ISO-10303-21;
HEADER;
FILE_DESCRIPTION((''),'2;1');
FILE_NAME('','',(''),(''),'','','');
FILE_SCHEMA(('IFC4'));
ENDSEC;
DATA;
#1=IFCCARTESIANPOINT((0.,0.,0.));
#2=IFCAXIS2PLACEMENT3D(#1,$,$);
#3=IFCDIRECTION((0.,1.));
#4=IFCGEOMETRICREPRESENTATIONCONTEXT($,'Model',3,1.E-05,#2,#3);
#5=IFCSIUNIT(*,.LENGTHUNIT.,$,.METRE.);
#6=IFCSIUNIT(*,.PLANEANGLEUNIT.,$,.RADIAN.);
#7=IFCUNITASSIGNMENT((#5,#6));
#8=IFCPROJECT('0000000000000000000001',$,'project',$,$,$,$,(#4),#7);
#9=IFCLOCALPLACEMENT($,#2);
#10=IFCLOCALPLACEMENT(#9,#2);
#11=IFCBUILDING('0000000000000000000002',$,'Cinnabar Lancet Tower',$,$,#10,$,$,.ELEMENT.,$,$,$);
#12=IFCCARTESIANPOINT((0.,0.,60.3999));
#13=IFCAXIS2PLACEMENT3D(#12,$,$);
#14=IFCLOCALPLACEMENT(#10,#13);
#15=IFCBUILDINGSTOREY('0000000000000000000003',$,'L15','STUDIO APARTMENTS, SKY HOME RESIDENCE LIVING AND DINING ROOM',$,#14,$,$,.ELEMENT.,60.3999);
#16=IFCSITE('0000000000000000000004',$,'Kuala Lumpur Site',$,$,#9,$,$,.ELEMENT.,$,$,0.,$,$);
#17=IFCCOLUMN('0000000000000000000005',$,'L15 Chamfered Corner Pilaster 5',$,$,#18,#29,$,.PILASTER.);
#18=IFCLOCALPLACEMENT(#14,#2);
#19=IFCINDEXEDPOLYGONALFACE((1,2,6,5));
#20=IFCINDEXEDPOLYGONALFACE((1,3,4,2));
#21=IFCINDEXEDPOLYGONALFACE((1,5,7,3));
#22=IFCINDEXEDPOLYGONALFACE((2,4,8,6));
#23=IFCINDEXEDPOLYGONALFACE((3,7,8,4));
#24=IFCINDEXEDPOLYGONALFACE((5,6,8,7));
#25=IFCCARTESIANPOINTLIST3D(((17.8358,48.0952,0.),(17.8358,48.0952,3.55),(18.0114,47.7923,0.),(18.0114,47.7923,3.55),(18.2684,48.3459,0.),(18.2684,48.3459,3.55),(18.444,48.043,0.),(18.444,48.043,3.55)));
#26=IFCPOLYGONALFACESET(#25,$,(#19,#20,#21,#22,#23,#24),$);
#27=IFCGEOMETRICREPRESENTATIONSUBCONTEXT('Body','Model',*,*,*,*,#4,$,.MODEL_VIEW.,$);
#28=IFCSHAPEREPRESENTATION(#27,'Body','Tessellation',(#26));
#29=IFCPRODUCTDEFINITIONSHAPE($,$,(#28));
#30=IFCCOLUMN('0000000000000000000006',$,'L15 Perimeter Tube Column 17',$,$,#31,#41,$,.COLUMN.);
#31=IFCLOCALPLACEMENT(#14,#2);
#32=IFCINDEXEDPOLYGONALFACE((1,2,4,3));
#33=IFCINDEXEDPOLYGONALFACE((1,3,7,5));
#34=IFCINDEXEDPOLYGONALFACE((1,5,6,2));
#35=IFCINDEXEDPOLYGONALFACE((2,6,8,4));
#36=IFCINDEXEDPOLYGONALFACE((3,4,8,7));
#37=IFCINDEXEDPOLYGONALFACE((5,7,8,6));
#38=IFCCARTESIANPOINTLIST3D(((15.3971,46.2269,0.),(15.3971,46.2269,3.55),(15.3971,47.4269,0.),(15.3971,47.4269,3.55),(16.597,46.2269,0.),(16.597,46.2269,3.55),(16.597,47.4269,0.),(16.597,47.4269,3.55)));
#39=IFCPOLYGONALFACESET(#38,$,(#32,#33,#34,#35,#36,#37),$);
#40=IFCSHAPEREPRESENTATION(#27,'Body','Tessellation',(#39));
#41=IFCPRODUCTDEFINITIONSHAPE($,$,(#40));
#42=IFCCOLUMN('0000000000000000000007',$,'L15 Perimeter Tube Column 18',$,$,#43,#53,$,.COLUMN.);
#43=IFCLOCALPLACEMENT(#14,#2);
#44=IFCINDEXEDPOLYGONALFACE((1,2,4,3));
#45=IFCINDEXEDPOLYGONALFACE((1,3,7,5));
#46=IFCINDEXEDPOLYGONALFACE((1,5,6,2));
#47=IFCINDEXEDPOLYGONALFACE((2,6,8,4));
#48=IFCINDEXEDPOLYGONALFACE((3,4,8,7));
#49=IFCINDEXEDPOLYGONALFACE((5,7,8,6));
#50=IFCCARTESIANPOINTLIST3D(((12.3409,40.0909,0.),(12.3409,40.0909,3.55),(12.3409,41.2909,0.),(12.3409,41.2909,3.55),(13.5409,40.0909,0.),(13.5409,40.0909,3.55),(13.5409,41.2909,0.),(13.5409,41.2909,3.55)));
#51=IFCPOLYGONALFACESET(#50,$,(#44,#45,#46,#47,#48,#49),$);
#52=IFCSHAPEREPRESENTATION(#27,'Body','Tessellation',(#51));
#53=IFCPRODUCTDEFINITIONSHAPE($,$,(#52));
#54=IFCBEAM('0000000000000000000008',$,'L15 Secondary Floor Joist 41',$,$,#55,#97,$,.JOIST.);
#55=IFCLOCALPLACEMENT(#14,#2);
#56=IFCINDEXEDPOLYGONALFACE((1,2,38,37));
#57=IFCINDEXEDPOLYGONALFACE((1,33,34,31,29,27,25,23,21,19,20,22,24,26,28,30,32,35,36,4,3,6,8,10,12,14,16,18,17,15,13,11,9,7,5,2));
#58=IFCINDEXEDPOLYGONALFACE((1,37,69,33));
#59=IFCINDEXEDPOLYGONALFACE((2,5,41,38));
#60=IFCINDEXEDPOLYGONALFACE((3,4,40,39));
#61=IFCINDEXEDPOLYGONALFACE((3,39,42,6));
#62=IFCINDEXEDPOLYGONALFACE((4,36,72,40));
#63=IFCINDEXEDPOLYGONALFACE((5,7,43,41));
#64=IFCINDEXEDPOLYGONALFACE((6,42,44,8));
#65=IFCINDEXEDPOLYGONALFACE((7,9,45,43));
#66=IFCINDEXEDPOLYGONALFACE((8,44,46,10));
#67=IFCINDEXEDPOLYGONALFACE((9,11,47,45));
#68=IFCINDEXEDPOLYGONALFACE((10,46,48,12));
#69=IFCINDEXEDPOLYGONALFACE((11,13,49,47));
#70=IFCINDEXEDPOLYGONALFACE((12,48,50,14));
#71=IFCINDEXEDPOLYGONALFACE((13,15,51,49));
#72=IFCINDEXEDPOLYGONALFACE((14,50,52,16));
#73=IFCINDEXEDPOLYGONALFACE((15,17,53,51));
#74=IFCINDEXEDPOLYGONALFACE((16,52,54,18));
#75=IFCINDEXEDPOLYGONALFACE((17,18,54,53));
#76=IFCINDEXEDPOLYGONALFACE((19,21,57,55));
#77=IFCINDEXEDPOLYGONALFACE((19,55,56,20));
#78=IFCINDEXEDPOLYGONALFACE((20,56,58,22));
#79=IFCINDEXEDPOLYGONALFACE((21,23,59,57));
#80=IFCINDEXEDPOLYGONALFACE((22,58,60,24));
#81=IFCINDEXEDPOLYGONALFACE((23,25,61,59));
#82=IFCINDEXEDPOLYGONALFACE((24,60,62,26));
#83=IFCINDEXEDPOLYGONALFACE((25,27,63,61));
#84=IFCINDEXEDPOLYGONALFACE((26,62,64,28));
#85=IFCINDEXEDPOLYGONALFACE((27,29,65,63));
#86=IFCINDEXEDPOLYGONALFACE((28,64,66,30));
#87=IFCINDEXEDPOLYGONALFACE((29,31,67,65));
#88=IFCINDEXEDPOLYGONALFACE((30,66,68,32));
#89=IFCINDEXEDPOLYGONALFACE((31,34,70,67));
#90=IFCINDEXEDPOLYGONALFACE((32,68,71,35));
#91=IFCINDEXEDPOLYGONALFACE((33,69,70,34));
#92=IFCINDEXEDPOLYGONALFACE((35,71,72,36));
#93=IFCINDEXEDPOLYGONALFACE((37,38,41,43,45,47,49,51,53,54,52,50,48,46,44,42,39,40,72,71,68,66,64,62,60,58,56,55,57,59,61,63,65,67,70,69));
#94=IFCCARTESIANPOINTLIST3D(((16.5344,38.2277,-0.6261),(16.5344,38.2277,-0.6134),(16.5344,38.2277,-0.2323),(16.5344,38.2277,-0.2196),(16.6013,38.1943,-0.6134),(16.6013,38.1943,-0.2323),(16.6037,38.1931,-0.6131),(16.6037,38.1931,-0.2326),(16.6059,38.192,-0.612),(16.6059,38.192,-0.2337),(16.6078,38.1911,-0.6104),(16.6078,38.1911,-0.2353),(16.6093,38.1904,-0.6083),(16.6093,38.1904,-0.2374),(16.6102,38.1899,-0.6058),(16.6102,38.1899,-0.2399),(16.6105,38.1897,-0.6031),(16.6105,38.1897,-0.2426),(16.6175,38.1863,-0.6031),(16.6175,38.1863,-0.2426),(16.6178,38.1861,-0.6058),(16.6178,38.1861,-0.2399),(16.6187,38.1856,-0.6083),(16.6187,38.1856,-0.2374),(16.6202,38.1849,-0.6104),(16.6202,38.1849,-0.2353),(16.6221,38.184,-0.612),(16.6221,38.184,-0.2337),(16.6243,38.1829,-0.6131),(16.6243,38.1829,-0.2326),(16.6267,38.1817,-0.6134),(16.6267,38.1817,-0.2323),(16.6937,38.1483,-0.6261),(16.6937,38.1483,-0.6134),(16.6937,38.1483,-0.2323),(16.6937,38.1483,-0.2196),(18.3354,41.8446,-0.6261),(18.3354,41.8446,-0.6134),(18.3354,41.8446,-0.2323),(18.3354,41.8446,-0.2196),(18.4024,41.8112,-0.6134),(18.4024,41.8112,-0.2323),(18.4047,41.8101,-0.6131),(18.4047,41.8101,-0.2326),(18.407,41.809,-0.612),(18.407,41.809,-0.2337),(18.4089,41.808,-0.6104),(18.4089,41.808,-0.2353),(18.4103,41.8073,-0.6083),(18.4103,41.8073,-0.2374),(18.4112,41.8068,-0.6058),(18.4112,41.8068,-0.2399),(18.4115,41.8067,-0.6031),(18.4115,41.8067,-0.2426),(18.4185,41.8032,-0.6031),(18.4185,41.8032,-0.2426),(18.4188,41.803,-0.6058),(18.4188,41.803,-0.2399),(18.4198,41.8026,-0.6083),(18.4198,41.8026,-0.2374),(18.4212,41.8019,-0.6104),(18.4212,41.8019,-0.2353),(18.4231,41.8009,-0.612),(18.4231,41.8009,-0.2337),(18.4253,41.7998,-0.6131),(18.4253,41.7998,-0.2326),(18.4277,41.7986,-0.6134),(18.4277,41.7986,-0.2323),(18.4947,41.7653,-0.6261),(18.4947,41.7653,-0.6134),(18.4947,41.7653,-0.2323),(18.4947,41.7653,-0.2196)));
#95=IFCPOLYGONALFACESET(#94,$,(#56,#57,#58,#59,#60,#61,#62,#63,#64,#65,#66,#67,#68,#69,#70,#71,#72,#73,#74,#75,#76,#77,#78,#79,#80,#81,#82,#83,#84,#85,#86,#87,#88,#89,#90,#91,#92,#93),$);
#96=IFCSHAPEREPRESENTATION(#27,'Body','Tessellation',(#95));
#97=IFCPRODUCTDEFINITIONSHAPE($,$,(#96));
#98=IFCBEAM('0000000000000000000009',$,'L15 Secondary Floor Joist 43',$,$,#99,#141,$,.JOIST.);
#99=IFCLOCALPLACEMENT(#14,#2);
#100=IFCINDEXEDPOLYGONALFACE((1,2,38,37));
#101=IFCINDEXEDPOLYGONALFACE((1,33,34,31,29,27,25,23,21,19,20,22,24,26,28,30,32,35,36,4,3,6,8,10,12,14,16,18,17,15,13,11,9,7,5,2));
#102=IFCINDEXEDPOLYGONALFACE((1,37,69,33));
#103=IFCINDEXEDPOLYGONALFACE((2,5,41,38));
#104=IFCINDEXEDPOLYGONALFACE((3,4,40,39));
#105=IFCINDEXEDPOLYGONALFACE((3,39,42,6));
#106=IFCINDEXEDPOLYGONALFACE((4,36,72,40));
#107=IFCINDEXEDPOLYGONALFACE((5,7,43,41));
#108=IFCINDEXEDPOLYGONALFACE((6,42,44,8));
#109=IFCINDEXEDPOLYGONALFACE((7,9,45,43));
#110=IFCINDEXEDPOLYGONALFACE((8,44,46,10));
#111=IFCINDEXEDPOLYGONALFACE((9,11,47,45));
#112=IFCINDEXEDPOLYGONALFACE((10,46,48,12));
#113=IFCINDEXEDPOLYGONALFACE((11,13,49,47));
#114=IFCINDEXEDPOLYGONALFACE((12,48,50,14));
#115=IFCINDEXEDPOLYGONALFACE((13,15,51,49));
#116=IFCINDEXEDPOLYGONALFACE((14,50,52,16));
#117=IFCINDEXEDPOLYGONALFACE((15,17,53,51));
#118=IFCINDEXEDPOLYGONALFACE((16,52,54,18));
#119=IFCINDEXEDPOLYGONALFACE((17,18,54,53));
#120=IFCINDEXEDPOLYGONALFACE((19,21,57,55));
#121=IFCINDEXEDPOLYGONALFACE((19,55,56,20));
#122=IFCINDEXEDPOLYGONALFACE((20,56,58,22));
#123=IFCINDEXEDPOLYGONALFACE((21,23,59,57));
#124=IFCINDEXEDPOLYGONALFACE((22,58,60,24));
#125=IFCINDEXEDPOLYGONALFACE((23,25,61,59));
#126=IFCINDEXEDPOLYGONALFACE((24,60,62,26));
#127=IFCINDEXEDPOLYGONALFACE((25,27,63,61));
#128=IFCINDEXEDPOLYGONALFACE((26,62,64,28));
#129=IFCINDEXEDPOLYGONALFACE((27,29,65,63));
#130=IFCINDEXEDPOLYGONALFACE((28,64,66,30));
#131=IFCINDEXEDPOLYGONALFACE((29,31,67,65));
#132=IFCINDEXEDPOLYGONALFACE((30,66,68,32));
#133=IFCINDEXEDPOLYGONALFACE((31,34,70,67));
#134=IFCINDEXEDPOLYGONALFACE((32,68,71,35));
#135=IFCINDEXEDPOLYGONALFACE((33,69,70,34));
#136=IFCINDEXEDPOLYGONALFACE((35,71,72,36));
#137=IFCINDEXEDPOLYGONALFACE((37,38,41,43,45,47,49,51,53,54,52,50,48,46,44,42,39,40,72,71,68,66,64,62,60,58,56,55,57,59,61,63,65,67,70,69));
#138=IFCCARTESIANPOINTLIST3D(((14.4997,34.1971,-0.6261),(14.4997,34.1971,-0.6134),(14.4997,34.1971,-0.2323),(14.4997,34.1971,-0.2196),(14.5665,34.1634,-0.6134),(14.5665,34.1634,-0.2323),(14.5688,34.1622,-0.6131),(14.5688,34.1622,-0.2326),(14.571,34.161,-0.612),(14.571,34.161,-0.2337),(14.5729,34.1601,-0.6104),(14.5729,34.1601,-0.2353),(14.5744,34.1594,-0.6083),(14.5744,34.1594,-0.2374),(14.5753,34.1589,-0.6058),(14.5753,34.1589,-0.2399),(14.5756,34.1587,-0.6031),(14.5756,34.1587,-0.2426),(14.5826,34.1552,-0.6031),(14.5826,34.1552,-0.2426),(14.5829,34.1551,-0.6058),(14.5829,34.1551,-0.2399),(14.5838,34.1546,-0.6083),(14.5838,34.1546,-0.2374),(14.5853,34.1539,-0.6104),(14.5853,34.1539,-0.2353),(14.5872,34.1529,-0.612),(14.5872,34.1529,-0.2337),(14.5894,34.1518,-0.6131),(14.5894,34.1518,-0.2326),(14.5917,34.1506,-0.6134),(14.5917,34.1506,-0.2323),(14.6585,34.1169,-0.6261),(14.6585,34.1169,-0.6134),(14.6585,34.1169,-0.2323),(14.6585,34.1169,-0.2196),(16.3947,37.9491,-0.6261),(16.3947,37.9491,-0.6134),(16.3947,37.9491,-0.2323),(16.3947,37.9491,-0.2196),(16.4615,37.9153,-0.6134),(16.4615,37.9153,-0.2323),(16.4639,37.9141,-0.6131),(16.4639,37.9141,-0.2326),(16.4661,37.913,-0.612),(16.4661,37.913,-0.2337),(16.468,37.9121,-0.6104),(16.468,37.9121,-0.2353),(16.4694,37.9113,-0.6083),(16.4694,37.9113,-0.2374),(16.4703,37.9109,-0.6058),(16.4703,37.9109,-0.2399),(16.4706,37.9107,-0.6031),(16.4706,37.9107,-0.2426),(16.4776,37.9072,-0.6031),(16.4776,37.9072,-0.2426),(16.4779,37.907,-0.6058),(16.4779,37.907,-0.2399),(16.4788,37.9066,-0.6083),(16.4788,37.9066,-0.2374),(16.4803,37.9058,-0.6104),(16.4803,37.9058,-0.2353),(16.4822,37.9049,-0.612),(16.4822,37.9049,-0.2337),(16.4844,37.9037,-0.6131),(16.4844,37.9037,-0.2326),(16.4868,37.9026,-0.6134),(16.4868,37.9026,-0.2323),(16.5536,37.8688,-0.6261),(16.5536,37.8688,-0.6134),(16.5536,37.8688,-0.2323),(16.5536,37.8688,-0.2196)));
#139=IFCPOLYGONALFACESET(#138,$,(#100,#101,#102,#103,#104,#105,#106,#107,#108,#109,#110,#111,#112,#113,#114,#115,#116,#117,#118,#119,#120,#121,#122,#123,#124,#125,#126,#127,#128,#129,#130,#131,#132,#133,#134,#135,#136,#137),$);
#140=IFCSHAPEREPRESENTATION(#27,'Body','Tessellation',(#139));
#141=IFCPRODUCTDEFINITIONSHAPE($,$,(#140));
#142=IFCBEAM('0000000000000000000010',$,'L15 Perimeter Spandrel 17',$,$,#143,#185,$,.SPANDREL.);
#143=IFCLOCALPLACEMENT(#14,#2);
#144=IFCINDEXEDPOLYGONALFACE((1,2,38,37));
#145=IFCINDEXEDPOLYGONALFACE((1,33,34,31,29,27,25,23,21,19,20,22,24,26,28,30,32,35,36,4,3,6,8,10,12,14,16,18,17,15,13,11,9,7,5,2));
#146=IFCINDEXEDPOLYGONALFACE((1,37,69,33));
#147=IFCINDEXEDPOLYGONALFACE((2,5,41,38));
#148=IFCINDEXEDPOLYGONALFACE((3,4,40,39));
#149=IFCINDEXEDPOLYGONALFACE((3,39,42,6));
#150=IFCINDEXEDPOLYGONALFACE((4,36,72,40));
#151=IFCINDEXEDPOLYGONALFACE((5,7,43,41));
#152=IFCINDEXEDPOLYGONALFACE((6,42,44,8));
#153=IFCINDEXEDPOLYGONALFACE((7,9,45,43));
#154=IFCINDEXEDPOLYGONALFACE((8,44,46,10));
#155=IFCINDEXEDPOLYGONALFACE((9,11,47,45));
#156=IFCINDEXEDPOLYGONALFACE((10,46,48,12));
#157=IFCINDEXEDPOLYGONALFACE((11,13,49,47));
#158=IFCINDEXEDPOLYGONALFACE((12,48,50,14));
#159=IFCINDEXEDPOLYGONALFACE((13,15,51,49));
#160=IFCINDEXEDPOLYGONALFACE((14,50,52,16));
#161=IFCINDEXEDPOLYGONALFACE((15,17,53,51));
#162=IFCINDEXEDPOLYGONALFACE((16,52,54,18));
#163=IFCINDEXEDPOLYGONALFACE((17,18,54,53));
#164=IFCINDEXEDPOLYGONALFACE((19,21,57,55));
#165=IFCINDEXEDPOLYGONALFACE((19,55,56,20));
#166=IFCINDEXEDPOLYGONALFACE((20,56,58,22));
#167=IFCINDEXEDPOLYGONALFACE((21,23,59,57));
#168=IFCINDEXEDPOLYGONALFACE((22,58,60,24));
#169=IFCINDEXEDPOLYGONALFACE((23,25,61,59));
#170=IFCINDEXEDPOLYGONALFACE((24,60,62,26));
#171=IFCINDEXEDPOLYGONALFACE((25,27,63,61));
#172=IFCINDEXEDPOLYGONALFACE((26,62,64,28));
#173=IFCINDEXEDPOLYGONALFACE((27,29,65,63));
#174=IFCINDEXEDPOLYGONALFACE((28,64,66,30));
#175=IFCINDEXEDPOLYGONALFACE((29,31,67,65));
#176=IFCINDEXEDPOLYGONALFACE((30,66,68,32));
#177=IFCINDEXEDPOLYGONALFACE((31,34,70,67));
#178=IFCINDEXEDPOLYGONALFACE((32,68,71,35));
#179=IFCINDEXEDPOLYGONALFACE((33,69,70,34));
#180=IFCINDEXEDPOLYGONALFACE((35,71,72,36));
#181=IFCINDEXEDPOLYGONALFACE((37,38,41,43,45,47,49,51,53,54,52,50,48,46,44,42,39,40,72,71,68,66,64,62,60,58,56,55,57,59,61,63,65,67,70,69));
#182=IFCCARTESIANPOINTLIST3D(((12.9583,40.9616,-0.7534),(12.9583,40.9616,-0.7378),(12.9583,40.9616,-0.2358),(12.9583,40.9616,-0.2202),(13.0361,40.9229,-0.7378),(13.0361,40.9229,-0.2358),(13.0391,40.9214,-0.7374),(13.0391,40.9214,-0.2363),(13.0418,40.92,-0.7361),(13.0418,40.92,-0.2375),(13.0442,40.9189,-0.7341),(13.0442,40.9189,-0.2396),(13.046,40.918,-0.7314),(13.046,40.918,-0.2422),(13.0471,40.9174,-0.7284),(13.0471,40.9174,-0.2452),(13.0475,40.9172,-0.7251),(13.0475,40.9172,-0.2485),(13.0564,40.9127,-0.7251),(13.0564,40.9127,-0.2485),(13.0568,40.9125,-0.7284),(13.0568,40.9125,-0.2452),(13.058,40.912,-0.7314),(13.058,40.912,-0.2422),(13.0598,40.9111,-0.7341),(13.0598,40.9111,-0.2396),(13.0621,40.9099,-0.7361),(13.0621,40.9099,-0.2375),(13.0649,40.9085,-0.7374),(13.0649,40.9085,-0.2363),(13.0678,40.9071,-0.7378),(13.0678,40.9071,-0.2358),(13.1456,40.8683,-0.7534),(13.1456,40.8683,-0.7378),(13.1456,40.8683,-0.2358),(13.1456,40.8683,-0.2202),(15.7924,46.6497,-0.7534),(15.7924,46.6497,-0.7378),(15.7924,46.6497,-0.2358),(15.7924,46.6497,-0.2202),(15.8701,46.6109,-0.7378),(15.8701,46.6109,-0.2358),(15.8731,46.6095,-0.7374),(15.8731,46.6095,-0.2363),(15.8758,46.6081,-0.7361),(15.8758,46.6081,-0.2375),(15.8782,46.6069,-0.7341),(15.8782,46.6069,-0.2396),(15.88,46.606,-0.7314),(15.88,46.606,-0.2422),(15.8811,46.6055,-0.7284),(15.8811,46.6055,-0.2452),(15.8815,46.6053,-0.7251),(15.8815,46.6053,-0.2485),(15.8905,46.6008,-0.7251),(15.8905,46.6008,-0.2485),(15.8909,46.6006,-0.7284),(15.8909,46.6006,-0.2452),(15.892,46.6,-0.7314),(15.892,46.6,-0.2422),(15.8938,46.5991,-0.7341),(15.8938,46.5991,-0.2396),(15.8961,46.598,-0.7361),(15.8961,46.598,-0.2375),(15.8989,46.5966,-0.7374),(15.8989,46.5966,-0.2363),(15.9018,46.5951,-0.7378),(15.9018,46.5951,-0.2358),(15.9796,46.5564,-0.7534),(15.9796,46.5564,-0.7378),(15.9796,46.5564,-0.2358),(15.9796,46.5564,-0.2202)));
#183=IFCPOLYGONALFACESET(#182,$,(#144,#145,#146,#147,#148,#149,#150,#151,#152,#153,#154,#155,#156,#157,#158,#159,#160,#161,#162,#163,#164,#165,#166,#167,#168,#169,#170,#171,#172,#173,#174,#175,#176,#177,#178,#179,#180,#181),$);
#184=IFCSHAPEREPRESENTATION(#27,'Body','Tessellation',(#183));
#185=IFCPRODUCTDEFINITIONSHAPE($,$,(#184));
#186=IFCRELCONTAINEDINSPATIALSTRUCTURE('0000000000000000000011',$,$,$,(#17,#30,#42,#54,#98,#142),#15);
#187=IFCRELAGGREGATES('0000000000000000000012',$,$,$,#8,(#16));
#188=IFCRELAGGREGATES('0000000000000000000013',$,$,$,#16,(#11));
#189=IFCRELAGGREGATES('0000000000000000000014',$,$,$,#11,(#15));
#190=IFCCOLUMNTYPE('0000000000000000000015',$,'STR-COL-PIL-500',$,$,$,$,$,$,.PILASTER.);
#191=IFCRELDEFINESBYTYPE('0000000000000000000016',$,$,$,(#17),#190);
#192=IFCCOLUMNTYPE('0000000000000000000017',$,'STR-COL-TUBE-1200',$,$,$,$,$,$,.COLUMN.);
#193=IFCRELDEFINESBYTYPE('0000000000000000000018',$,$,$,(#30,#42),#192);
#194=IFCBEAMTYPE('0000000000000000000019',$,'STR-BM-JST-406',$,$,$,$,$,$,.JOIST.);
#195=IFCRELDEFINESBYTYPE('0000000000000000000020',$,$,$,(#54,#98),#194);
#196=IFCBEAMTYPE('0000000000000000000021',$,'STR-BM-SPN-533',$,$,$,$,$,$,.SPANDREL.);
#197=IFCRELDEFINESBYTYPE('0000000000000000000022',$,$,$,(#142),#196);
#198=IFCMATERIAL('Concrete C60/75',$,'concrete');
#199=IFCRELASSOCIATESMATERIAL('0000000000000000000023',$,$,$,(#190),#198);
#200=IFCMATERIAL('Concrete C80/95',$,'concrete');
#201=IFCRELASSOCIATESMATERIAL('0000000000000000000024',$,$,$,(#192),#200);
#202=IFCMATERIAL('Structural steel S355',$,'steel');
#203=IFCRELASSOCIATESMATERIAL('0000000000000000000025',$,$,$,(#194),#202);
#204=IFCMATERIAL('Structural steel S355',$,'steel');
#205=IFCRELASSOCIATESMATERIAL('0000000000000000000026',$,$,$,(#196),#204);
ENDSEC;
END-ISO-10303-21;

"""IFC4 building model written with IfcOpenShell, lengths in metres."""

from ifc_helpers import new_model, si_unit, direction, frame, origin, origin_2d, place, context, subcontext, project, spatial, rectangle, i_section, extrude, material, material_profile, profile_set, type_object, element, save


model = new_model("IFC4")

# Units and contexts
model_context = context("Model", 3, precision=1e-05, world=origin(), true_north=direction((0.0, 1.0)))
body_context = subcontext(model_context, "Body", "Model", "MODEL_VIEW")
ifc_project = project(units=[si_unit("LENGTHUNIT", "METRE"), si_unit("PLANEANGLEUNIT", "RADIAN")], contexts=[model_context])

# Site, building, storey
site_placement = place(None, origin())
site = spatial("IfcSite", under=ifc_project, at=site_placement, Name="Kuala Lumpur Site", CompositionType="ELEMENT", RefElevation=0.0)
building_placement = place(site_placement, origin())
building = spatial("IfcBuilding", under=site, at=building_placement, Name="Cinnabar Lancet Tower", CompositionType="ELEMENT")
storey_placement = place(building_placement, frame((0.0, 0.0, 60.3999)))
storey = spatial("IfcBuildingStorey", under=building, at=storey_placement, Name="L15", Description="STUDIO APARTMENTS, SKY HOME RESIDENCE LIVING AND DINING ROOM", CompositionType="ELEMENT", Elevation=60.3999)

# Columns
ifc_material_1 = material(Name="Concrete C60/75", Category="concrete")
ifc_material_profile_1 = material_profile(ifc_material_1, rectangle(XDim=0.5, YDim=0.3501, at=origin_2d()), Name="RC-PIL 500x350")
ifc_profile_set_1 = profile_set([ifc_material_profile_1], Name="Concrete C60/75")
column_type_1 = type_object("IfcColumnType", Name="STR-COL-PIL-500", PredefinedType="PILASTER", material=ifc_profile_set_1)
column_placement = place(storey_placement, frame((18.1399, 48.0691, 0.0), z_axis=(0.0, 0.0, 1.0), x_axis=(-0.865195, -0.501435, 0.0)))
element("IfcColumn", 1, at=column_placement, inside=storey, type_object=column_type_1, Name="L15 Chamfered Corner Pilaster 5", PredefinedType="PILASTER", context=body_context, shape_type="SweptSolid", body=[
    extrude(rectangle(XDim=0.5, YDim=0.3501, at=origin_2d()), origin(), (0.0, 0.0, 1.0), 3.55),
])
ifc_material_2 = material(Name="Concrete C80/95", Category="concrete")
ifc_material_profile_2 = material_profile(ifc_material_2, rectangle(XDim=1.2, YDim=1.2, at=origin_2d()), Name="RC-COL 1200x1200")
ifc_profile_set_2 = profile_set([ifc_material_profile_2], Name="Concrete C80/95")
column_type_2 = type_object("IfcColumnType", Name="STR-COL-TUBE-1200", PredefinedType="COLUMN", material=ifc_profile_set_2)
for number, where, z_axis, x_axis, name in (
    (2, (15.9971, 46.8269, 0.0), (0.0, 0.0, 1.0), (1.0, 0.0, 0.0), "L15 Perimeter Tube Column 17"),
    (3, (12.9409, 40.6909, 0.0), (0.0, 0.0, 1.0), (1.0, 0.0, 0.0), "L15 Perimeter Tube Column 18"),
):
    element("IfcColumn", number, at=place(storey_placement, frame(where, z_axis=z_axis, x_axis=x_axis)), inside=storey, type_object=column_type_2, Name=name, PredefinedType="COLUMN", context=body_context, shape_type="SweptSolid", body=[
        extrude(rectangle(XDim=1.2, YDim=1.2, at=origin_2d()), origin(), (0.0, 0.0, 1.0), 3.55),
    ])

# Beams
ifc_material_3 = material(Name="Structural steel S355", Category="steel")
ifc_material_profile_3 = material_profile(ifc_material_3, i_section(OverallWidth=0.178, OverallDepth=0.4065, WebThickness=0.0078, FlangeThickness=0.0127, FilletRadius=0.0103, at=origin_2d()), Name="UKB 406x178x60")
ifc_profile_set_3 = profile_set([ifc_material_profile_3], Name="Structural steel S355")
beam_type_1 = type_object("IfcBeamType", Name="STR-BM-JST-406", PredefinedType="JOIST", material=ifc_profile_set_3)
beam_1_placement = place(storey_placement, frame((18.415, 41.8049, -0.4229), z_axis=(-0.445739, -0.895163, 0.0), x_axis=(0.895163, -0.445739, 0.0)))
element("IfcBeam", 4, at=beam_1_placement, inside=storey, type_object=beam_type_1, Name="L15 Secondary Floor Joist 41", PredefinedType="JOIST", context=body_context, shape_type="SweptSolid", body=[
    extrude(i_section(OverallWidth=0.178, OverallDepth=0.4065, WebThickness=0.0078, FlangeThickness=0.0127, FilletRadius=0.0103, at=origin_2d()), origin(), (0.0, 0.0, 1.0), 4.0405),
])
beam_2_placement = place(storey_placement, frame((16.4741, 37.9089, -0.4229), z_axis=(-0.450834, -0.892608, 0.0), x_axis=(0.892608, -0.450834, 0.0)))
element("IfcBeam", 5, at=beam_2_placement, inside=storey, type_object=beam_type_1, Name="L15 Secondary Floor Joist 43", PredefinedType="JOIST", context=body_context, shape_type="SweptSolid", body=[
    extrude(i_section(OverallWidth=0.178, OverallDepth=0.4065, WebThickness=0.0078, FlangeThickness=0.0127, FilletRadius=0.0103, at=origin_2d()), origin(), (0.0, 0.0, 1.0), 4.2034),
])
ifc_material_4 = material(Name="Structural steel S355", Category="steel")
ifc_material_profile_4 = material_profile(ifc_material_4, i_section(OverallWidth=0.2092, OverallDepth=0.5332, WebThickness=0.01, FlangeThickness=0.0156, FilletRadius=0.0127, at=origin_2d()), Name="UKB 533x210x92")
ifc_profile_set_4 = profile_set([ifc_material_profile_4], Name="Structural steel S355")
beam_type_2 = type_object("IfcBeamType", Name="STR-BM-SPN-533", PredefinedType="SPANDREL", material=ifc_profile_set_4)
beam_3_placement = place(storey_placement, frame((15.886, 46.603, -0.4868), z_axis=(-0.445953, -0.895056, 0.0), x_axis=(0.895056, -0.445953, 0.0)))
element("IfcBeam", 6, at=beam_3_placement, inside=storey, type_object=beam_type_2, Name="L15 Perimeter Spandrel 17", PredefinedType="SPANDREL", context=body_context, shape_type="SweptSolid", body=[
    extrude(i_section(OverallWidth=0.2092, OverallDepth=0.5332, WebThickness=0.01, FlangeThickness=0.0156, FilletRadius=0.0127, at=origin_2d()), origin(), (0.0, 0.0, 1.0), 6.355),
])

save(model, "model.ifc")
